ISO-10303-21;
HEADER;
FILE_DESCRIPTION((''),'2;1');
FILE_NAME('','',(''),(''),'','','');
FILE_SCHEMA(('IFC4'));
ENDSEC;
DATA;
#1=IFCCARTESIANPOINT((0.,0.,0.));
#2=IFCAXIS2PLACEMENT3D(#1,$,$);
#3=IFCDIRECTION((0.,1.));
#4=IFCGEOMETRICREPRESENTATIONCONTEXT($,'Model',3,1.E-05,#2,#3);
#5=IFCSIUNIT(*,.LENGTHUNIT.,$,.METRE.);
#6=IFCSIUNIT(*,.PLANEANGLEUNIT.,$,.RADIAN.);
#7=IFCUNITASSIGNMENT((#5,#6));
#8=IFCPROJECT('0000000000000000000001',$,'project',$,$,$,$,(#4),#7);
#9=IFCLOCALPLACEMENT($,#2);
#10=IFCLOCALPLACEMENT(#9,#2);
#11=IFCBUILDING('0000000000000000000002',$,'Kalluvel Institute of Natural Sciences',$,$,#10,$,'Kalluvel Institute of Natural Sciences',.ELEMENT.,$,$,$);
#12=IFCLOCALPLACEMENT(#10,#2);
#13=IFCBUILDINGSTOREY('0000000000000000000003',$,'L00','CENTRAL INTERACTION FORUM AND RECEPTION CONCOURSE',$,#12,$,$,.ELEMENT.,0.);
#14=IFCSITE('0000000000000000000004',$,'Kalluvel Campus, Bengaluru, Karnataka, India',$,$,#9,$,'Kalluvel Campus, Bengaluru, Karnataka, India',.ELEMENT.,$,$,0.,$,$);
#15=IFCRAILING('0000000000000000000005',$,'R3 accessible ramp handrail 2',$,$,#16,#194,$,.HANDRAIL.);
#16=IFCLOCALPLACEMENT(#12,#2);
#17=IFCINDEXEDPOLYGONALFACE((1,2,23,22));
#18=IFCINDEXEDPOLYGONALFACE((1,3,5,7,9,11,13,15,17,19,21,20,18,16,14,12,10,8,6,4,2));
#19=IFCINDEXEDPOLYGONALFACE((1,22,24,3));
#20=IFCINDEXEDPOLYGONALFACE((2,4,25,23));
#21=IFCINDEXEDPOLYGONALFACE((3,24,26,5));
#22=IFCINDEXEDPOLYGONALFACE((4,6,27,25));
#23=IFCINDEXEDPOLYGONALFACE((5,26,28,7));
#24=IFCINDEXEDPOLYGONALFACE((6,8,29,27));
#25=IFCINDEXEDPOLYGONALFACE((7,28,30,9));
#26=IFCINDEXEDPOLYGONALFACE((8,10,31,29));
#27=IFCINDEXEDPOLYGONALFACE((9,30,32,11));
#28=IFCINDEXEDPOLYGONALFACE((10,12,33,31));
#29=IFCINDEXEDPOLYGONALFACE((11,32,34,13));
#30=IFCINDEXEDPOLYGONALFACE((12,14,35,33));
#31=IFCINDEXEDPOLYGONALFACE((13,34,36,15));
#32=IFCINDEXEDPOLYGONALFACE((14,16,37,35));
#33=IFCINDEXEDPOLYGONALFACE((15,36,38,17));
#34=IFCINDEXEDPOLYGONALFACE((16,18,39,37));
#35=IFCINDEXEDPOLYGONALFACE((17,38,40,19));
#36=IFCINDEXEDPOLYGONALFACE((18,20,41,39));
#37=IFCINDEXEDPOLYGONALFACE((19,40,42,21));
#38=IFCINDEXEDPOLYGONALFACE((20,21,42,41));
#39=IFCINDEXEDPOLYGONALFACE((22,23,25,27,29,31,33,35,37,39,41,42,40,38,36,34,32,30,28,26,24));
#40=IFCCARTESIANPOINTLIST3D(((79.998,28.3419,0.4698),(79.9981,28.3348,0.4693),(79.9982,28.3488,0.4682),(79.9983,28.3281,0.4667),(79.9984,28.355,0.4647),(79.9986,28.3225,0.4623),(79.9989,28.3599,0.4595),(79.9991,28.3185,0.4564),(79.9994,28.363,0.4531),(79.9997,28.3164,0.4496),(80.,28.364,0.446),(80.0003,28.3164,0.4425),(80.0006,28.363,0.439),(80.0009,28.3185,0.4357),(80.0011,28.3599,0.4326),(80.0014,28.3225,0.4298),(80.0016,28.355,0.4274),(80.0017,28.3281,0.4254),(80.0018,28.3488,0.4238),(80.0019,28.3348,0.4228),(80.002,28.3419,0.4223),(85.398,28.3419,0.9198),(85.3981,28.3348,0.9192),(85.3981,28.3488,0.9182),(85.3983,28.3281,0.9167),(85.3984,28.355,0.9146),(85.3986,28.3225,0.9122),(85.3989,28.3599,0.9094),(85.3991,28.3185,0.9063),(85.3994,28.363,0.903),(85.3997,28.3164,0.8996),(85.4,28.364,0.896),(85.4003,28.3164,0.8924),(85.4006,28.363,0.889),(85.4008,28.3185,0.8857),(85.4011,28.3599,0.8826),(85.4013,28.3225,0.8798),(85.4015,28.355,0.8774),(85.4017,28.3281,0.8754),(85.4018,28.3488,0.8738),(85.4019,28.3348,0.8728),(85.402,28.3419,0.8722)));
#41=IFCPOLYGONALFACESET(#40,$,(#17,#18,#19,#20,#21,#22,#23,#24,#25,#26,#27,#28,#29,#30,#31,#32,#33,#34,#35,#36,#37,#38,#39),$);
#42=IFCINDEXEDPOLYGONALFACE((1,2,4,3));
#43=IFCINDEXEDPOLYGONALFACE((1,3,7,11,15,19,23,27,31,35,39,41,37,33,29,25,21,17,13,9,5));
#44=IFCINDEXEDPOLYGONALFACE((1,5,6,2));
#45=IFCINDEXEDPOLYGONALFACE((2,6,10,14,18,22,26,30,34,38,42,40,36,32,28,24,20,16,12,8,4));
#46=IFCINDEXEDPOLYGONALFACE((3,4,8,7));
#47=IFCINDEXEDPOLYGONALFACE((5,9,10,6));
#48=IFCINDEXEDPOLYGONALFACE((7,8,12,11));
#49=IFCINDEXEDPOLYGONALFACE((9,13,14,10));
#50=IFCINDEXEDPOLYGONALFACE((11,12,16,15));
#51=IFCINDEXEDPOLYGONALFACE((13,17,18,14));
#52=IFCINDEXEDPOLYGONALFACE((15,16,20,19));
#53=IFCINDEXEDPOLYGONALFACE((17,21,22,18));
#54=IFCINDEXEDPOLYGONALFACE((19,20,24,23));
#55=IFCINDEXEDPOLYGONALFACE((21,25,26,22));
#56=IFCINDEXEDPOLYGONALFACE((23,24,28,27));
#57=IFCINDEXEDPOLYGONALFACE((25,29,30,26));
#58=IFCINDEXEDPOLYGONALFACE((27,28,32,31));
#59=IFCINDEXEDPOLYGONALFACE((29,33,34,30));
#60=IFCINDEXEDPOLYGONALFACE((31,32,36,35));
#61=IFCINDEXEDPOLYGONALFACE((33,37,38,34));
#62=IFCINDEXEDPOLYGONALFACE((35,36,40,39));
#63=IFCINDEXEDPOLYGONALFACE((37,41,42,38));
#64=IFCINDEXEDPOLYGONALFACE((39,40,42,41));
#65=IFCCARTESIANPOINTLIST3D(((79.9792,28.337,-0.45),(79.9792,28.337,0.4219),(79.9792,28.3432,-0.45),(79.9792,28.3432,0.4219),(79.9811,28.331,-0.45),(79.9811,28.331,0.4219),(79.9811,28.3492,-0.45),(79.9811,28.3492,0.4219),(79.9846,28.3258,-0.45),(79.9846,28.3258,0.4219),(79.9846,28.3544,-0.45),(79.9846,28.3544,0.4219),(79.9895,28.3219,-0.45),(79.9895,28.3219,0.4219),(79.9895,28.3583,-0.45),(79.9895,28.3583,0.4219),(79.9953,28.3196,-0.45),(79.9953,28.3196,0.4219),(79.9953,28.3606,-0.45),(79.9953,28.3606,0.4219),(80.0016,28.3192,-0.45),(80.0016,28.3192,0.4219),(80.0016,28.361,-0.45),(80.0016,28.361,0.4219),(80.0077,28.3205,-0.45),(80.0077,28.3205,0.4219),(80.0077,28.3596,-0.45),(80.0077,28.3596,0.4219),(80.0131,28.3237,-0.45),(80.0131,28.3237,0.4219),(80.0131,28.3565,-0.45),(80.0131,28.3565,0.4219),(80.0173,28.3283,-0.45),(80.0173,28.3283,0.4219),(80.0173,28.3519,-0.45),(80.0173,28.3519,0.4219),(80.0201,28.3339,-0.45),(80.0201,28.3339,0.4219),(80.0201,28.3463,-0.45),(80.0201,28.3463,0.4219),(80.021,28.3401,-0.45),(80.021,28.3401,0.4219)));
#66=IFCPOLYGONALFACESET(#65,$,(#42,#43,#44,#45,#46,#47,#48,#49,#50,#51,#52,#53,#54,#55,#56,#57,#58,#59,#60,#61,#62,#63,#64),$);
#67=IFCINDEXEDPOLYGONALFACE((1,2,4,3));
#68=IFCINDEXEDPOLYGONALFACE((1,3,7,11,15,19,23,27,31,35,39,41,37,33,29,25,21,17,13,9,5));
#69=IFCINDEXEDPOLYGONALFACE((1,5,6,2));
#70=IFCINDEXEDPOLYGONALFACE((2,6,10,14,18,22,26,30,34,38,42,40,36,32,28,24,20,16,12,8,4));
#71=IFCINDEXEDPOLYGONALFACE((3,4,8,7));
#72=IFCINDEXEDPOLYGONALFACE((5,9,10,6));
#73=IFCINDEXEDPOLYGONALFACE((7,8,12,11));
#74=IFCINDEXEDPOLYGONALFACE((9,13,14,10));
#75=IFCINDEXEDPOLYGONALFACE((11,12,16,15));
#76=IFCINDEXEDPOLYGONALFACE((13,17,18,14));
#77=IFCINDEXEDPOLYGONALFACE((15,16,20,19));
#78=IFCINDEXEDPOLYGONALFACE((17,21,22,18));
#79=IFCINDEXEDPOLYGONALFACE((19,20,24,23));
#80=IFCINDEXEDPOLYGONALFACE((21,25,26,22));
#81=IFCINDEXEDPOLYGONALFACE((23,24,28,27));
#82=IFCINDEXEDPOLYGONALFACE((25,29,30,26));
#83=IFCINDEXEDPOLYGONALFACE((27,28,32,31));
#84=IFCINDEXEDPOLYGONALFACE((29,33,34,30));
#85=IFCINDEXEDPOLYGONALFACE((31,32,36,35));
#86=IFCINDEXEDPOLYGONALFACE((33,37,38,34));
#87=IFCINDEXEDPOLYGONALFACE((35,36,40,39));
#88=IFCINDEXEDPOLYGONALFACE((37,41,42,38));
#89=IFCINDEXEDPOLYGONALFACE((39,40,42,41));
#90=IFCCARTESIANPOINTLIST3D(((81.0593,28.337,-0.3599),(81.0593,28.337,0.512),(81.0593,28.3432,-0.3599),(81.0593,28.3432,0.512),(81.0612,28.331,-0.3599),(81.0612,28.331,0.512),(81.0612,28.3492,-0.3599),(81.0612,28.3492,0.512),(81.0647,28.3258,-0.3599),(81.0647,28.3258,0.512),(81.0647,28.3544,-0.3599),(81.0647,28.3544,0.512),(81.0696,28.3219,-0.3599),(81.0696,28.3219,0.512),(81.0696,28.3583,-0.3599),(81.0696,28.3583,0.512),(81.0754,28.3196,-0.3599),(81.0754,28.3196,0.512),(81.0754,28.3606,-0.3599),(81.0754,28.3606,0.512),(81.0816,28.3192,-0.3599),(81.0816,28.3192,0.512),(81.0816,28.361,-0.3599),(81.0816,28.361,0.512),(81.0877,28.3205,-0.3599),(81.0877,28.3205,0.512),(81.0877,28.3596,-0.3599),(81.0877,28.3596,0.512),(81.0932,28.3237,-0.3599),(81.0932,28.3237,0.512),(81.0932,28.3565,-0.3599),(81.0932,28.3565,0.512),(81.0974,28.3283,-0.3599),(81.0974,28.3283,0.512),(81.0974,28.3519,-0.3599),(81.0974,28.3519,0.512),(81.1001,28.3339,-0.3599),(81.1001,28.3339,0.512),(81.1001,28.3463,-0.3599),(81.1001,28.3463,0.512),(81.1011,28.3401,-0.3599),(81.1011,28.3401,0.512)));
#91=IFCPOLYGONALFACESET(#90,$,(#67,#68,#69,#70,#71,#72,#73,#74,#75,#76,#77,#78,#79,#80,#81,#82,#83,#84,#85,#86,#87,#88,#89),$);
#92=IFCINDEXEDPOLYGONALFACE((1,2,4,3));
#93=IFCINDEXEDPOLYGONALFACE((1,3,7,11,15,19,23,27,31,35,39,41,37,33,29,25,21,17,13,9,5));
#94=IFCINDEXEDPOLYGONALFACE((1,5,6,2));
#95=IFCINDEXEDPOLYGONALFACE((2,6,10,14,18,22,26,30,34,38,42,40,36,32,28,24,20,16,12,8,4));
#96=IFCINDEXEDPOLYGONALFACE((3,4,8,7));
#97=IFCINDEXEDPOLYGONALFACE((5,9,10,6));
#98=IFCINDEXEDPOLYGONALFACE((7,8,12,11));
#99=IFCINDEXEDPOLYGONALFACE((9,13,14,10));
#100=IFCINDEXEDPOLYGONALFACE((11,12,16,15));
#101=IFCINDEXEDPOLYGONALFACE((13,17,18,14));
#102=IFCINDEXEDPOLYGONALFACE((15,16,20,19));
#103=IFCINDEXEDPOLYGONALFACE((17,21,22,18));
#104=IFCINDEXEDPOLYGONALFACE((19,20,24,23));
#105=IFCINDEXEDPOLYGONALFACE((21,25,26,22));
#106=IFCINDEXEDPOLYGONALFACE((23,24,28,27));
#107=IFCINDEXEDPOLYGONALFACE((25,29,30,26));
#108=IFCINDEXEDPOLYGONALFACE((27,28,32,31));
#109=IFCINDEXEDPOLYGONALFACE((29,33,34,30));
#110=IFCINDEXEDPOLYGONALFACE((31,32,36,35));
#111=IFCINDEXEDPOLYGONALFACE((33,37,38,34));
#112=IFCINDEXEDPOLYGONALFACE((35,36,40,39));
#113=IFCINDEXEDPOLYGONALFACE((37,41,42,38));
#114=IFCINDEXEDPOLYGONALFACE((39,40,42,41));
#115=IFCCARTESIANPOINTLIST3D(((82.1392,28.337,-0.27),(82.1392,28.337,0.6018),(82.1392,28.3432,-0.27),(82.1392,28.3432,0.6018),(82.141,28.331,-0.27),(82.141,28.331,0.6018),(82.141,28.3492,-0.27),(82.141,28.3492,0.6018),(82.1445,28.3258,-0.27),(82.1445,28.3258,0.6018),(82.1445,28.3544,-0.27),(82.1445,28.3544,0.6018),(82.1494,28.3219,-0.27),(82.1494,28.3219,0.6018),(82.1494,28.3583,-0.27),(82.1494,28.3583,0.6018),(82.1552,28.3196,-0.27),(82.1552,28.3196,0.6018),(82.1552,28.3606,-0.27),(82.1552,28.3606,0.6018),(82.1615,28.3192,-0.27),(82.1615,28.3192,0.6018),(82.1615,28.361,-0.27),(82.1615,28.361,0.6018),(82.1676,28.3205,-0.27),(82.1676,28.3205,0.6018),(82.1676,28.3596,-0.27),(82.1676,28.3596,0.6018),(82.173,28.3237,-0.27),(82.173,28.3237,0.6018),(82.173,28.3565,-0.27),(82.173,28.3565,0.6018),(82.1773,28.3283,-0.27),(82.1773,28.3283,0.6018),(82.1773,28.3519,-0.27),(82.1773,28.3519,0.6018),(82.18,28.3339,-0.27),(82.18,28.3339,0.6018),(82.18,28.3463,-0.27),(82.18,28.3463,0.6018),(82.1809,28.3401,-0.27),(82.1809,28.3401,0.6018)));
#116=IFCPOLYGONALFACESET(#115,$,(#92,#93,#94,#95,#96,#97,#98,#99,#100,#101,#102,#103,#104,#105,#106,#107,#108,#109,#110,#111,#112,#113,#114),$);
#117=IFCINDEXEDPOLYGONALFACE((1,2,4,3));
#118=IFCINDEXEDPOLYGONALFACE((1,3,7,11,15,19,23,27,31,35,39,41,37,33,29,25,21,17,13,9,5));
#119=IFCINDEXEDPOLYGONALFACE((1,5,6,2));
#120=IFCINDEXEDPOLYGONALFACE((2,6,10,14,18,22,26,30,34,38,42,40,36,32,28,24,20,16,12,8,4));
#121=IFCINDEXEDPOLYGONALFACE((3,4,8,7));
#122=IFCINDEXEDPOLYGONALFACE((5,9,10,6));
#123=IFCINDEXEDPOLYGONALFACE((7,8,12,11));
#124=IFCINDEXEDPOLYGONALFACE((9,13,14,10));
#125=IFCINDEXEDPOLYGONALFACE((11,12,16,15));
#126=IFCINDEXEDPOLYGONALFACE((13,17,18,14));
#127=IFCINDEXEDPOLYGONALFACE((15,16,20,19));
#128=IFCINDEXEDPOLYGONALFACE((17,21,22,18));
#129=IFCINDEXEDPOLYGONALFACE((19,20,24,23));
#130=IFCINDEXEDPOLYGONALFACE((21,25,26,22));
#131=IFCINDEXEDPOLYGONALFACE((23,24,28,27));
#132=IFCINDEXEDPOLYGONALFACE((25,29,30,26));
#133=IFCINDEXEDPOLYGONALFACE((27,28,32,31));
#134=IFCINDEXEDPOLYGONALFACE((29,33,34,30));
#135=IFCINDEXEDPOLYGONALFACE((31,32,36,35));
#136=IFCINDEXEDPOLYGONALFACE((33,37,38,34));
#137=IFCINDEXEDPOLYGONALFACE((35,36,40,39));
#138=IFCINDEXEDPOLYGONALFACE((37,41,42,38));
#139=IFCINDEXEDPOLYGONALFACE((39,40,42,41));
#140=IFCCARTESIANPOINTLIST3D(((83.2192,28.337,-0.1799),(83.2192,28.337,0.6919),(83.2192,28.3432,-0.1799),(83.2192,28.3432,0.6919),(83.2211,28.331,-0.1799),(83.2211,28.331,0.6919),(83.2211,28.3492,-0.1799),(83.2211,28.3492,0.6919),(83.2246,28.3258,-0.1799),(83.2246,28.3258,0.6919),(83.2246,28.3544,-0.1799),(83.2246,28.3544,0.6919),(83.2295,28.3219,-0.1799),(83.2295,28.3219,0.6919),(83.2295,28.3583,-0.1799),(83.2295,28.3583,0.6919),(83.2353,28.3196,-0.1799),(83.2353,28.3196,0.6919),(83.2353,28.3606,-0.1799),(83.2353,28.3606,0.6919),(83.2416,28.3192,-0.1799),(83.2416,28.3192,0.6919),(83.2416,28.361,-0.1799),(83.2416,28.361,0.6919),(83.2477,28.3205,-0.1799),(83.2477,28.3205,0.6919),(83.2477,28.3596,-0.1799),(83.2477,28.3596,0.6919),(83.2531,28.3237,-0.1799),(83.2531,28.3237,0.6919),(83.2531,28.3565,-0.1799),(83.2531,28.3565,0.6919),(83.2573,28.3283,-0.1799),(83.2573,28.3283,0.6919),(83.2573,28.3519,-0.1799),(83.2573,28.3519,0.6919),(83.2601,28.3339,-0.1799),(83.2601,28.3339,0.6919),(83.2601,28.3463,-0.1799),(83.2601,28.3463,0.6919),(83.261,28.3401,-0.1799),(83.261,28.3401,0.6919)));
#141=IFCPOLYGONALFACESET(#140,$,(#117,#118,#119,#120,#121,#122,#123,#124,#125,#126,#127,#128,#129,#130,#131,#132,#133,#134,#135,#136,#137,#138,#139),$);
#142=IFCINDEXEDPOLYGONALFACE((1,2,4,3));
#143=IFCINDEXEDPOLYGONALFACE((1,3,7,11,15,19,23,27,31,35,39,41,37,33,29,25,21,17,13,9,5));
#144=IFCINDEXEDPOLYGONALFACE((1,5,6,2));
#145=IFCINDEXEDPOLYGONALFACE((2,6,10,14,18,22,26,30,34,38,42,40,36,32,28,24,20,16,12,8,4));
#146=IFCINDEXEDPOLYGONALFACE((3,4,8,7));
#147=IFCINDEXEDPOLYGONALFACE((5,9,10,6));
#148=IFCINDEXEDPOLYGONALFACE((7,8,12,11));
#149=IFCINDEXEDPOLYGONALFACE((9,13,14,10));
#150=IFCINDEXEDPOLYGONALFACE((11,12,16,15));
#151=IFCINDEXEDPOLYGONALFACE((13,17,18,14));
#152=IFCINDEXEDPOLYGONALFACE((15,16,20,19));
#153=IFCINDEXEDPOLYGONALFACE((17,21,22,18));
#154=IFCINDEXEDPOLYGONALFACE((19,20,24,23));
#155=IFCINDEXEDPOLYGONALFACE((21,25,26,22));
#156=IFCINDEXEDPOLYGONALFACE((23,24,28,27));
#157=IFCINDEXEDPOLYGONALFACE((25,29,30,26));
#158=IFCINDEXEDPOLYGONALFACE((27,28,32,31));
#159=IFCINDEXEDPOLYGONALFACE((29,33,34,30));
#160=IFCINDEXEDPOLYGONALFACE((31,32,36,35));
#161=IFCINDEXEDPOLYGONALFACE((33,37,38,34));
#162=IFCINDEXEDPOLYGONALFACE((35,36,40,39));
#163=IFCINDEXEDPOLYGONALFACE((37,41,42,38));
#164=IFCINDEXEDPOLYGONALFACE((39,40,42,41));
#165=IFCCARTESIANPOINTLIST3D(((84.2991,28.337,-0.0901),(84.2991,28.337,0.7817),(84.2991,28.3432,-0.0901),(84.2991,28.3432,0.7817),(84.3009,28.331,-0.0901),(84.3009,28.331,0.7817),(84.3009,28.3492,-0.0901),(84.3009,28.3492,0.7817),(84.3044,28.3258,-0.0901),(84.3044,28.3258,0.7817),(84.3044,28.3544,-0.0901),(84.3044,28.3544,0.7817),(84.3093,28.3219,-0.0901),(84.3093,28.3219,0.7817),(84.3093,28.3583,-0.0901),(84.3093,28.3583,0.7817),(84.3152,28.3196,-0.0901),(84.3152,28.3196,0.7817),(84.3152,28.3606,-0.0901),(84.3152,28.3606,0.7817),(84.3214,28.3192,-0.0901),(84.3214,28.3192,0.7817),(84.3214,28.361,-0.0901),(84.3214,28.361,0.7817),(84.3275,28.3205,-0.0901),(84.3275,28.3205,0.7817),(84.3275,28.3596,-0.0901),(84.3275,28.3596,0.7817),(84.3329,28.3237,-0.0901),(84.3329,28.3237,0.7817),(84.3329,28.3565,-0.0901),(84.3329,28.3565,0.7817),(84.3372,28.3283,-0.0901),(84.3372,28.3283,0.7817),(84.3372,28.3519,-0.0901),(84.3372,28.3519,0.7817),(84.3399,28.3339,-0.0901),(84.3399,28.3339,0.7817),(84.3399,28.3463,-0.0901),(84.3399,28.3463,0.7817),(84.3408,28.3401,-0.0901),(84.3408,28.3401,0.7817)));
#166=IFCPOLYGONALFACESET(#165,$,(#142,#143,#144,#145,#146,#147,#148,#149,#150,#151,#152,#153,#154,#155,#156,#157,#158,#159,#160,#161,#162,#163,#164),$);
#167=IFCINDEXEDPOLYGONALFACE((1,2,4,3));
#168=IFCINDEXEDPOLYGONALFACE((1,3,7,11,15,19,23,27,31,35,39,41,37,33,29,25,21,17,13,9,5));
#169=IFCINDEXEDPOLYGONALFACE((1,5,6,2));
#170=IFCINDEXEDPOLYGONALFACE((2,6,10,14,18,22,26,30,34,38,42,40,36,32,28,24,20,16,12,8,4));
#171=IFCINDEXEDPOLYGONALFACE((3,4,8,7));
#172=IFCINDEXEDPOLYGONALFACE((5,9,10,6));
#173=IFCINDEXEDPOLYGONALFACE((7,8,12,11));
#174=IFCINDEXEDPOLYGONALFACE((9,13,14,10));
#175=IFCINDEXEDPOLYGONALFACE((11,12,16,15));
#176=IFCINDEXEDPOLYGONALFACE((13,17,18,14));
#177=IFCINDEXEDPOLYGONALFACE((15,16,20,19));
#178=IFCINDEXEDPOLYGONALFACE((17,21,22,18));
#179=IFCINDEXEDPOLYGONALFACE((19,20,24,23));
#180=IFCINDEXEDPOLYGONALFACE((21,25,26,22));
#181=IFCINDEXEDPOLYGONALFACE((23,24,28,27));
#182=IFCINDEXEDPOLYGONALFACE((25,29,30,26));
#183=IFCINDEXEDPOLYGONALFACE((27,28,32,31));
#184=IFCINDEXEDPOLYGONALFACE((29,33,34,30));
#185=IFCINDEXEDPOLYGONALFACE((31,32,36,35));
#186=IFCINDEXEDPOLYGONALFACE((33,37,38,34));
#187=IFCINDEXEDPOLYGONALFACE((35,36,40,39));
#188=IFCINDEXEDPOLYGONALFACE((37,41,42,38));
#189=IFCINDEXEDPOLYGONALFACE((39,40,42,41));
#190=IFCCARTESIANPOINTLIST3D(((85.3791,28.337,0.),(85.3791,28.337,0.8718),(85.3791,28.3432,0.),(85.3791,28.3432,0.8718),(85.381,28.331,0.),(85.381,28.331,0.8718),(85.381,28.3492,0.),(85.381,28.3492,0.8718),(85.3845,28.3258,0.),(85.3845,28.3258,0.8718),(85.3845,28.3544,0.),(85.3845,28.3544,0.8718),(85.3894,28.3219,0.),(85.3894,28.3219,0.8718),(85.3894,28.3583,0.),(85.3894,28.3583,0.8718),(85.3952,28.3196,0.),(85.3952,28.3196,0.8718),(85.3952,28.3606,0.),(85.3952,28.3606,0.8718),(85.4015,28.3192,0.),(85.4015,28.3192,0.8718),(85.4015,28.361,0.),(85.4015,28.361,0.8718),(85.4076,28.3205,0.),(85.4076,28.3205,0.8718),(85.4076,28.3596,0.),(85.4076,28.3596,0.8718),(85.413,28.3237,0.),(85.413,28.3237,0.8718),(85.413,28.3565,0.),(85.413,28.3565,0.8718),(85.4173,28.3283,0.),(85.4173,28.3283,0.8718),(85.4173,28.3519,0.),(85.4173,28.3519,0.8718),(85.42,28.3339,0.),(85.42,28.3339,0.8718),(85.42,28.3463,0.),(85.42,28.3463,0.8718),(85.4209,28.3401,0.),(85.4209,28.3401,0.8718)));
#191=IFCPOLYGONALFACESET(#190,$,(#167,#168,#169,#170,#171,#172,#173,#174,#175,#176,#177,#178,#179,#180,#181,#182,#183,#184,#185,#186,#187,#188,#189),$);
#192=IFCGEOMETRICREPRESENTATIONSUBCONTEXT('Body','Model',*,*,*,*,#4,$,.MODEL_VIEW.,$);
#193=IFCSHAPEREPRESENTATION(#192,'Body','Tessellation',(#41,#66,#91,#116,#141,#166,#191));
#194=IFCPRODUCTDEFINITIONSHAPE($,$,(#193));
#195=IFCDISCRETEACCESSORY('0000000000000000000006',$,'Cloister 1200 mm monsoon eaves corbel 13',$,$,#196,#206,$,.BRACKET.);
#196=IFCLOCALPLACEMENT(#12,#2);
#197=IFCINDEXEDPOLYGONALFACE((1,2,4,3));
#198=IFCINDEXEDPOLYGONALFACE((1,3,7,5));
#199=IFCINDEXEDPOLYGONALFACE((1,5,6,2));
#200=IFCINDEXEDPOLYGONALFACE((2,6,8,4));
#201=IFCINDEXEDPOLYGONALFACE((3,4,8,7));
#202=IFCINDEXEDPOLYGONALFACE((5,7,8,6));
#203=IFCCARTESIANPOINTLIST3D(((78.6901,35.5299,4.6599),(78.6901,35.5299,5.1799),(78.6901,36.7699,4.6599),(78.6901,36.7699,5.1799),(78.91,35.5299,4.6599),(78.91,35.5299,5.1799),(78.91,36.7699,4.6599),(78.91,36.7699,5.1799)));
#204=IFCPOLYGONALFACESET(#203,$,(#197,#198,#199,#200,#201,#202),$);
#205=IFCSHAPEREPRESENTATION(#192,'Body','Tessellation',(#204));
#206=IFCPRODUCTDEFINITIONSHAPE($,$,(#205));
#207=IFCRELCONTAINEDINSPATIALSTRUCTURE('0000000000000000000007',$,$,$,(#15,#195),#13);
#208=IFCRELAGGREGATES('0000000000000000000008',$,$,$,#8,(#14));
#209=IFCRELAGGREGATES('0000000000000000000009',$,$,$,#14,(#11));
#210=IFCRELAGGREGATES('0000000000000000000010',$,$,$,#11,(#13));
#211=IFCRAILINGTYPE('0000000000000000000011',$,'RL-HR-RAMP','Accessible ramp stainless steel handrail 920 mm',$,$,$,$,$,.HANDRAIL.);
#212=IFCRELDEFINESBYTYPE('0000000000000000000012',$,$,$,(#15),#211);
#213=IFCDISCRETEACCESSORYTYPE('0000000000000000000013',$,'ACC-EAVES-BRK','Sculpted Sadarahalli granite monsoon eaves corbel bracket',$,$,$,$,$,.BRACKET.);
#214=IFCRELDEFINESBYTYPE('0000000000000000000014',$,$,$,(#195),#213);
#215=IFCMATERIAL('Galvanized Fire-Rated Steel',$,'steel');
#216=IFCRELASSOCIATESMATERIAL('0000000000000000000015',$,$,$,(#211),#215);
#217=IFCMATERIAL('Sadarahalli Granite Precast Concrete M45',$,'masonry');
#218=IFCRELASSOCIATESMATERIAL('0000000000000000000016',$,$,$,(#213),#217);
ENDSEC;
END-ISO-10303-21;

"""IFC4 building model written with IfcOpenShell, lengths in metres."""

from ifc_helpers import new_model, si_unit, direction, frame, origin, origin_2d, place, context, subcontext, project, spatial, rectangle, circle, extrude, material, type_object, element, save


model = new_model("IFC4")

# Units and contexts
model_context = context("Model", 3, precision=1e-05, world=origin(), true_north=direction((0.0, 1.0)))
body_context = subcontext(model_context, "Body", "Model", "MODEL_VIEW")
ifc_project = project(units=[si_unit("LENGTHUNIT", "METRE"), si_unit("PLANEANGLEUNIT", "RADIAN")], contexts=[model_context])

# Site, building, storey
site_placement = place(None, origin())
site = spatial("IfcSite", under=ifc_project, at=site_placement, Name="Kalluvel Campus, Bengaluru, Karnataka, India", LongName="Kalluvel Campus, Bengaluru, Karnataka, India", CompositionType="ELEMENT", RefElevation=0.0)
building_placement = place(site_placement, origin())
building = spatial("IfcBuilding", under=site, at=building_placement, Name="Kalluvel Institute of Natural Sciences", LongName="Kalluvel Institute of Natural Sciences", CompositionType="ELEMENT")
storey_placement = place(building_placement, origin())
storey = spatial("IfcBuildingStorey", under=building, at=storey_placement, Name="L00", Description="CENTRAL INTERACTION FORUM AND RECEPTION CONCOURSE", CompositionType="ELEMENT", Elevation=0.0)

# Shared definitions
ifc_material_1 = material(Name="Sadarahalli Granite Precast Concrete M45", Category="masonry")

# Railing
ifc_material_2 = material(Name="Galvanized Fire-Rated Steel", Category="steel")
railing_type = type_object("IfcRailingType", Name="RL-HR-RAMP", Description="Accessible ramp stainless steel handrail 920 mm", PredefinedType="HANDRAIL", material=ifc_material_2)
for number, where, name in (
    (1, (80.0, 28.3401, -0.45), "R3 accessible ramp handrail 2"),
):
    element("IfcRailing", number, at=place(storey_placement, frame(where)), inside=storey, type_object=railing_type, Name=name, PredefinedType="HANDRAIL", context=body_context, shape_type="SweptSolid", body=[
        extrude(circle(Radius=0.0239, at=origin_2d()), frame((0.0, 0.0, 0.896), z_axis=(0.996546, 0.0, 0.083038), x_axis=(0.0, 1.0, 0.0)), (0.0, 0.0, 1.0), 5.4187),
        extrude(circle(Radius=0.021, at=origin_2d()), origin(), (0.0, 0.0, 1.0), 0.8718),
        extrude(circle(Radius=0.021, at=origin_2d()), frame((1.0801, 0.0, 0.0901)), (0.0, 0.0, 1.0), 0.8718),
        extrude(circle(Radius=0.021, at=origin_2d()), frame((2.1599, 0.0, 0.1799)), (0.0, 0.0, 1.0), 0.8718),
        extrude(circle(Radius=0.021, at=origin_2d()), frame((3.24, 0.0, 0.27)), (0.0, 0.0, 1.0), 0.8718),
        extrude(circle(Radius=0.021, at=origin_2d()), frame((4.3198, 0.0, 0.3599)), (0.0, 0.0, 1.0), 0.8718),
        extrude(circle(Radius=0.021, at=origin_2d()), frame((5.3999, 0.0, 0.45)), (0.0, 0.0, 1.0), 0.8718),
    ])

# Discrete accessory
discrete_accessory_type = type_object("IfcDiscreteAccessoryType", Name="ACC-EAVES-BRK", Description="Sculpted Sadarahalli granite monsoon eaves corbel bracket", PredefinedType="BRACKET", material=ifc_material_1)
for number, where, z_axis, x_axis, name in (
    (2, (78.8, 36.1499, 4.6599), (0.0, 0.0, 1.0), (1.0, 0.0, 0.0), "Cloister 1200 mm monsoon eaves corbel 13"),
):
    element("IfcDiscreteAccessory", number, at=place(storey_placement, frame(where, z_axis=z_axis, x_axis=x_axis)), inside=storey, type_object=discrete_accessory_type, Name=name, PredefinedType="BRACKET", context=body_context, shape_type="SweptSolid", body=[
        extrude(rectangle(XDim=0.22, YDim=1.24, at=origin_2d()), origin(), (0.0, 0.0, 1.0), 0.52),
    ])

save(model, "model.ifc")
